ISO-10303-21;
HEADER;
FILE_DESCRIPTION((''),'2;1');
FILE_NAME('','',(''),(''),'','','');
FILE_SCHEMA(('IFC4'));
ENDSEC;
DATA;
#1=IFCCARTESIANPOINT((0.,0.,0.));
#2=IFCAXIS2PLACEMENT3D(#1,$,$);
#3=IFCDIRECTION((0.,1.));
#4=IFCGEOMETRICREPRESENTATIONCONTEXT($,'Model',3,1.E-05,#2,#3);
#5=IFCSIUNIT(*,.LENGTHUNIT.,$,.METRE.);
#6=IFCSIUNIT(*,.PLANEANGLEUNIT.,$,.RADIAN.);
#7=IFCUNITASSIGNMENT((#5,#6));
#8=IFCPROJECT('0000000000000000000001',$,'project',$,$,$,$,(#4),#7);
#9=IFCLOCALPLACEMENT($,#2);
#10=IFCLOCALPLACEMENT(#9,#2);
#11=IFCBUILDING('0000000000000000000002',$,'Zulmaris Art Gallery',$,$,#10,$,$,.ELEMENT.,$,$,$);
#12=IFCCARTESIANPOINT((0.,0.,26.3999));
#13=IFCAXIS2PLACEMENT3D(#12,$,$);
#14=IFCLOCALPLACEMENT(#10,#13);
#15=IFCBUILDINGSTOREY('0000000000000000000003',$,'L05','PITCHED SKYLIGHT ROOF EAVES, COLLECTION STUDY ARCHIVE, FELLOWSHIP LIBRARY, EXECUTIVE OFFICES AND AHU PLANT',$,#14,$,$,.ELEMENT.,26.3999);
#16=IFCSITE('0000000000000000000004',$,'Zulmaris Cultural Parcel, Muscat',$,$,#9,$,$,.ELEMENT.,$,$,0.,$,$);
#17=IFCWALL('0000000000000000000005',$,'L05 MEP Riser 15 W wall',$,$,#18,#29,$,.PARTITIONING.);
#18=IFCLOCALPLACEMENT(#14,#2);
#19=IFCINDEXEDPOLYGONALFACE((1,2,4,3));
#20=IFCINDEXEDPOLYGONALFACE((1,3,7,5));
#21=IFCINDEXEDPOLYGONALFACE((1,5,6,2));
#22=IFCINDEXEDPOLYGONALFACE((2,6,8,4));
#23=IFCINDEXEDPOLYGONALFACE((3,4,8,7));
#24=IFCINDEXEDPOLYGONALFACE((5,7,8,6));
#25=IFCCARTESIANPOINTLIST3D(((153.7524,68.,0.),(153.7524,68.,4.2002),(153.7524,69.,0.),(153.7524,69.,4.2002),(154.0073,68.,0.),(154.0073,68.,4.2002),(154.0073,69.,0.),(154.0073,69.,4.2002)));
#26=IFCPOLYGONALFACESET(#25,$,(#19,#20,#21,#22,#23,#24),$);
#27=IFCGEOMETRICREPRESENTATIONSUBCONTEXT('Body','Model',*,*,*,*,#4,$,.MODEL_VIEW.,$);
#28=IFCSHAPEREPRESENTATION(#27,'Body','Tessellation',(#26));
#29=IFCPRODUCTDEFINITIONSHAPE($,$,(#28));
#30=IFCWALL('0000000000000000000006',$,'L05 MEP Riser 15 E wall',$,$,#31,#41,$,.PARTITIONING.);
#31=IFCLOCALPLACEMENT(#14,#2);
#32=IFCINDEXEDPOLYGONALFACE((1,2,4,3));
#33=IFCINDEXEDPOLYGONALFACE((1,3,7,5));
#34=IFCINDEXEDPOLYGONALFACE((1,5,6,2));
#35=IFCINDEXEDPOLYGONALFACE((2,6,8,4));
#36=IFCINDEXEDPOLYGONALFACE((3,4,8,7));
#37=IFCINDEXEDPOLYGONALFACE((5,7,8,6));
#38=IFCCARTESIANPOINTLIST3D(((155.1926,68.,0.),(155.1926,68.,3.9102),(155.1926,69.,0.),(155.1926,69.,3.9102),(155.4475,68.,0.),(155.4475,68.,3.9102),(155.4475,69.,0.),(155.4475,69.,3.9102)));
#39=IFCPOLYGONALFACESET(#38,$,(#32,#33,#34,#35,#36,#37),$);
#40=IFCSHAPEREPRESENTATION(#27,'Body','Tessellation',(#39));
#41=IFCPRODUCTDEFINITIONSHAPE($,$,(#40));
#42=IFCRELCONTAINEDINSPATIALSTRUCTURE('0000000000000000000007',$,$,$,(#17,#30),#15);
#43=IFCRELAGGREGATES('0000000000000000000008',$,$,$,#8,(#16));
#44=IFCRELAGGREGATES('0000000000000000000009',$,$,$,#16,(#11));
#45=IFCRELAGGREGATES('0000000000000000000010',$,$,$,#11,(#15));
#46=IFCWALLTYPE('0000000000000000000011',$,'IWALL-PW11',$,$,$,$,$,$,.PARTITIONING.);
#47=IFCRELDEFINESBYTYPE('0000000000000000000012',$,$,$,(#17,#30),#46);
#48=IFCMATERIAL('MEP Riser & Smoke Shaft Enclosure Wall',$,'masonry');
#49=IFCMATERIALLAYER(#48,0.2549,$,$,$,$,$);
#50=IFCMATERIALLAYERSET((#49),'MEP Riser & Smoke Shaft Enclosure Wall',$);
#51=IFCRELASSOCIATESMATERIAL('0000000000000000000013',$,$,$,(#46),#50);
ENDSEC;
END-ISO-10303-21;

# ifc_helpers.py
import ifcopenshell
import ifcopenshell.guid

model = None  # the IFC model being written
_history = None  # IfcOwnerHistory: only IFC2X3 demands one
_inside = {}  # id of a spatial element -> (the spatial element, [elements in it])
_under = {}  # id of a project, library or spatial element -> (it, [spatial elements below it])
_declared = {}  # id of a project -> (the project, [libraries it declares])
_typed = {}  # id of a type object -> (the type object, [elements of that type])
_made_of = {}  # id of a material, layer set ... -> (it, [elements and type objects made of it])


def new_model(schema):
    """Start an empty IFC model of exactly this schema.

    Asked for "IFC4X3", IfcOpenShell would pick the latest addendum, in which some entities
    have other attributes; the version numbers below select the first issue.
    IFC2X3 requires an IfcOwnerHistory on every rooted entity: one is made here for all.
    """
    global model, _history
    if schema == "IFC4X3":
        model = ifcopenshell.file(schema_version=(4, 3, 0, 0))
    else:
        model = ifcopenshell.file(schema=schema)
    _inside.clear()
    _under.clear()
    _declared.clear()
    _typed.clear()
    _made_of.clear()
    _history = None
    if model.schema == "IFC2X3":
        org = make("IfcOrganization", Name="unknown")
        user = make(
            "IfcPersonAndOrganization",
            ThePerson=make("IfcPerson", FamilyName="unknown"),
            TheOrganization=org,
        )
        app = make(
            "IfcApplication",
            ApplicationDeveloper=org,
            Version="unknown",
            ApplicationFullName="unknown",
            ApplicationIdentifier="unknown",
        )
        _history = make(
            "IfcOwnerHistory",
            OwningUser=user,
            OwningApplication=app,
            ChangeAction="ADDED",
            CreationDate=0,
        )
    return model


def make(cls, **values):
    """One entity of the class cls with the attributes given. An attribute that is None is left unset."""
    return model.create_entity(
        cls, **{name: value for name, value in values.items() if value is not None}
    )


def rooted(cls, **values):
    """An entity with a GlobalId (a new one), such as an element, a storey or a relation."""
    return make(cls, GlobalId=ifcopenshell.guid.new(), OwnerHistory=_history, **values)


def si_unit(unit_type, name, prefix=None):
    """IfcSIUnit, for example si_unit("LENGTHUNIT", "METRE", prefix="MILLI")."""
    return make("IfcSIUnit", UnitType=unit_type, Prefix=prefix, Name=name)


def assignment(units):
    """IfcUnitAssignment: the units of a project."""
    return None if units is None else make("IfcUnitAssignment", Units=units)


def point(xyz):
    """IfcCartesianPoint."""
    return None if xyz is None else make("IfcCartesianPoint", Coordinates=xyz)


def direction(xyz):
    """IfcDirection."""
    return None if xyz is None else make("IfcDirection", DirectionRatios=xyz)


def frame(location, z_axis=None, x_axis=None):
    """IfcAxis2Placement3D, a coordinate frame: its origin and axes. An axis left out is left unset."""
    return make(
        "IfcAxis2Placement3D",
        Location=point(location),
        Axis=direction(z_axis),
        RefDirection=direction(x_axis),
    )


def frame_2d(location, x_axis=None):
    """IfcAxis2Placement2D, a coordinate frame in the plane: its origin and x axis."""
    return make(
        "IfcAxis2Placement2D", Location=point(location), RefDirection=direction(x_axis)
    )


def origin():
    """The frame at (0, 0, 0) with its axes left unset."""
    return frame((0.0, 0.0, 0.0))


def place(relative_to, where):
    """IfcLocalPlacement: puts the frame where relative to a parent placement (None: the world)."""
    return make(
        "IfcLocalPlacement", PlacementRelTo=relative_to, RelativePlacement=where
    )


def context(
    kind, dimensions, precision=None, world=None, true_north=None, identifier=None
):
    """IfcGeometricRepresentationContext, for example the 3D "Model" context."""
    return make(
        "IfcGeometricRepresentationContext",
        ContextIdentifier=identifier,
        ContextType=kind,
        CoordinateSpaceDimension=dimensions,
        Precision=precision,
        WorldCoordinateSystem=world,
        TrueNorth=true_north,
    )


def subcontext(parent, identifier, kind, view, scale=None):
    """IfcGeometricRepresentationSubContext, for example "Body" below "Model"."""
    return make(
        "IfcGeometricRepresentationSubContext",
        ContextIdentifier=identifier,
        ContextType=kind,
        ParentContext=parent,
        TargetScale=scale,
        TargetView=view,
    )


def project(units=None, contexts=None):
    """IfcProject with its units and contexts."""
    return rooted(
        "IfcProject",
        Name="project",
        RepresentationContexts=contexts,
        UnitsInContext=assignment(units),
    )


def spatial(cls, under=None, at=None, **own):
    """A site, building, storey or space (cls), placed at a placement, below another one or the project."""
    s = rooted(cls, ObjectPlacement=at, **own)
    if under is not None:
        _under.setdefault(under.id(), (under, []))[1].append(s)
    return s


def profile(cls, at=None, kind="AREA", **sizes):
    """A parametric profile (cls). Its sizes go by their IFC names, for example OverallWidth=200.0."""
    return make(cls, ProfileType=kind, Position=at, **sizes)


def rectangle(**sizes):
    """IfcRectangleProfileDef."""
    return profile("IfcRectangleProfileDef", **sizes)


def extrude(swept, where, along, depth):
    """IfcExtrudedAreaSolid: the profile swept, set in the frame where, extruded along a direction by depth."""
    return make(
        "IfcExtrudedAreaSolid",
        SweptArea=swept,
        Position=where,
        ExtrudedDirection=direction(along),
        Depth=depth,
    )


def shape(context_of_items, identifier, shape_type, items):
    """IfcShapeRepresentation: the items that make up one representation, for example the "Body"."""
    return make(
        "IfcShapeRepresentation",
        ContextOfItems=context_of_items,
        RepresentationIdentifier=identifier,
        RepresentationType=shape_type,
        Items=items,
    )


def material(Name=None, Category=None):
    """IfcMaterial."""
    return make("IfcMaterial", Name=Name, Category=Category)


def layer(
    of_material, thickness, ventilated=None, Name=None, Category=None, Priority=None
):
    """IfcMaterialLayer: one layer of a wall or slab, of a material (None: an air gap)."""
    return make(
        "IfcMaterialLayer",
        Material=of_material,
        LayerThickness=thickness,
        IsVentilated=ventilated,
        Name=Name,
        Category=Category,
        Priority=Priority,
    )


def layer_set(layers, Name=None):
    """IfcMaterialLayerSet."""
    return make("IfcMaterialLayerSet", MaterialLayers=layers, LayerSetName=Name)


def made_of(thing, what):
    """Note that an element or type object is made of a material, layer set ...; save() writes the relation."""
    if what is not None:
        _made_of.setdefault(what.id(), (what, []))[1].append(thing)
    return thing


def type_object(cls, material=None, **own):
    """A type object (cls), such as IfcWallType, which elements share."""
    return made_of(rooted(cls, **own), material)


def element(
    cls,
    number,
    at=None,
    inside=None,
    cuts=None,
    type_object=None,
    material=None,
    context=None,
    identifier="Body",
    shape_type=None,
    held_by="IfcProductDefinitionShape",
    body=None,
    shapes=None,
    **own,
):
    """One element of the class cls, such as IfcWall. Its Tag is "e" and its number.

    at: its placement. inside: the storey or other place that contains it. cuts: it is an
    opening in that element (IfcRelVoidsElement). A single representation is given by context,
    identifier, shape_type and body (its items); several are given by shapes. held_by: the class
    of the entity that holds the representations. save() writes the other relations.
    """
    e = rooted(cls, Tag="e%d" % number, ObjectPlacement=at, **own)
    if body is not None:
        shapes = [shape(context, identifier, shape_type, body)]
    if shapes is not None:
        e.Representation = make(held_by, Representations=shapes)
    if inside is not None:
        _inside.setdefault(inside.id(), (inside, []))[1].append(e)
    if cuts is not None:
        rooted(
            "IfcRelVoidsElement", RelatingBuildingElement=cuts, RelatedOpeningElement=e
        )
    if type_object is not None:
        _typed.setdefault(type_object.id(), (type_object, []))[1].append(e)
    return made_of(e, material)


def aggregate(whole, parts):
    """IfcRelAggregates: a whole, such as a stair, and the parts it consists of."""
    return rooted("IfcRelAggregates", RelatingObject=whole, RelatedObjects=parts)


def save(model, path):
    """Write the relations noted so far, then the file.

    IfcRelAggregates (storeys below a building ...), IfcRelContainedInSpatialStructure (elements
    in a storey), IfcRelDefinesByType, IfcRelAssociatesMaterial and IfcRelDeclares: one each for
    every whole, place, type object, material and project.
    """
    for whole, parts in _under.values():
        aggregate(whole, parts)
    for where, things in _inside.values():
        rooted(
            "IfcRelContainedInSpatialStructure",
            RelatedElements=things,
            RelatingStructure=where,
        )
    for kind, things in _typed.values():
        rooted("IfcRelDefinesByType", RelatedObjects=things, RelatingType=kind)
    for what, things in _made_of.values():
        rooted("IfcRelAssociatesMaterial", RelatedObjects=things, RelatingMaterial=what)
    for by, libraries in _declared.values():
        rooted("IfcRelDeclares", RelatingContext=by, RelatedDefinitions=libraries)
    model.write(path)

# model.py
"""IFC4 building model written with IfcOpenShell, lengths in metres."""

from ifc_helpers import new_model, si_unit, direction, frame, frame_2d, origin, place, context, subcontext, project, spatial, rectangle, extrude, material, layer, layer_set, type_object, element, save


model = new_model("IFC4")

# Units and contexts
model_context = context("Model", 3, precision=1e-05, world=origin(), true_north=direction((0.0, 1.0)))
body_context = subcontext(model_context, "Body", "Model", "MODEL_VIEW")
ifc_project = project(units=[si_unit("LENGTHUNIT", "METRE"), si_unit("PLANEANGLEUNIT", "RADIAN")], contexts=[model_context])

# Site, building, storey
site_placement = place(None, origin())
site = spatial("IfcSite", under=ifc_project, at=site_placement, Name="Zulmaris Cultural Parcel, Muscat", CompositionType="ELEMENT", RefElevation=0.0)
building_placement = place(site_placement, origin())
building = spatial("IfcBuilding", under=site, at=building_placement, Name="Zulmaris Art Gallery", CompositionType="ELEMENT")
storey_placement = place(building_placement, frame((0.0, 0.0, 26.3999)))
storey = spatial("IfcBuildingStorey", under=building, at=storey_placement, Name="L05", Description="PITCHED SKYLIGHT ROOF EAVES, COLLECTION STUDY ARCHIVE, FELLOWSHIP LIBRARY, EXECUTIVE OFFICES AND AHU PLANT", CompositionType="ELEMENT", Elevation=26.3999)

# Walls
ifc_material_1 = material(Name="MEP Riser & Smoke Shaft Enclosure Wall", Category="masonry")
ifc_layer_1 = layer(ifc_material_1, 0.2549)
ifc_layer_set_1 = layer_set([ifc_layer_1], Name="MEP Riser & Smoke Shaft Enclosure Wall")
wall_type_1 = type_object("IfcWallType", Name="IWALL-PW11", PredefinedType="PARTITIONING", material=ifc_layer_set_1)
wall_1_placement = place(storey_placement, frame((153.8799, 68.0, 0.0), z_axis=(0.0, 0.0, 1.0), x_axis=(0.0, 1.0, 0.0)))
element("IfcWall", 1, at=wall_1_placement, inside=storey, type_object=wall_type_1, Name="L05 MEP Riser 15 W wall", PredefinedType="PARTITIONING", context=body_context, shape_type="SweptSolid", body=[
    extrude(rectangle(XDim=1.0, YDim=0.2549, at=frame_2d((0.5, 0.0))), origin(), (0.0, 0.0, 1.0), 4.2002),
])
wall_2_placement = place(storey_placement, frame((155.3201, 68.0, 0.0), z_axis=(0.0, 0.0, 1.0), x_axis=(0.0, 1.0, 0.0)))
element("IfcWall", 2, at=wall_2_placement, inside=storey, type_object=wall_type_1, Name="L05 MEP Riser 15 E wall", PredefinedType="PARTITIONING", context=body_context, shape_type="SweptSolid", body=[
    extrude(rectangle(XDim=1.0, YDim=0.2549, at=frame_2d((0.5, 0.0))), origin(), (0.0, 0.0, 1.0), 3.9102),
])

save(model, "model.ifc")
